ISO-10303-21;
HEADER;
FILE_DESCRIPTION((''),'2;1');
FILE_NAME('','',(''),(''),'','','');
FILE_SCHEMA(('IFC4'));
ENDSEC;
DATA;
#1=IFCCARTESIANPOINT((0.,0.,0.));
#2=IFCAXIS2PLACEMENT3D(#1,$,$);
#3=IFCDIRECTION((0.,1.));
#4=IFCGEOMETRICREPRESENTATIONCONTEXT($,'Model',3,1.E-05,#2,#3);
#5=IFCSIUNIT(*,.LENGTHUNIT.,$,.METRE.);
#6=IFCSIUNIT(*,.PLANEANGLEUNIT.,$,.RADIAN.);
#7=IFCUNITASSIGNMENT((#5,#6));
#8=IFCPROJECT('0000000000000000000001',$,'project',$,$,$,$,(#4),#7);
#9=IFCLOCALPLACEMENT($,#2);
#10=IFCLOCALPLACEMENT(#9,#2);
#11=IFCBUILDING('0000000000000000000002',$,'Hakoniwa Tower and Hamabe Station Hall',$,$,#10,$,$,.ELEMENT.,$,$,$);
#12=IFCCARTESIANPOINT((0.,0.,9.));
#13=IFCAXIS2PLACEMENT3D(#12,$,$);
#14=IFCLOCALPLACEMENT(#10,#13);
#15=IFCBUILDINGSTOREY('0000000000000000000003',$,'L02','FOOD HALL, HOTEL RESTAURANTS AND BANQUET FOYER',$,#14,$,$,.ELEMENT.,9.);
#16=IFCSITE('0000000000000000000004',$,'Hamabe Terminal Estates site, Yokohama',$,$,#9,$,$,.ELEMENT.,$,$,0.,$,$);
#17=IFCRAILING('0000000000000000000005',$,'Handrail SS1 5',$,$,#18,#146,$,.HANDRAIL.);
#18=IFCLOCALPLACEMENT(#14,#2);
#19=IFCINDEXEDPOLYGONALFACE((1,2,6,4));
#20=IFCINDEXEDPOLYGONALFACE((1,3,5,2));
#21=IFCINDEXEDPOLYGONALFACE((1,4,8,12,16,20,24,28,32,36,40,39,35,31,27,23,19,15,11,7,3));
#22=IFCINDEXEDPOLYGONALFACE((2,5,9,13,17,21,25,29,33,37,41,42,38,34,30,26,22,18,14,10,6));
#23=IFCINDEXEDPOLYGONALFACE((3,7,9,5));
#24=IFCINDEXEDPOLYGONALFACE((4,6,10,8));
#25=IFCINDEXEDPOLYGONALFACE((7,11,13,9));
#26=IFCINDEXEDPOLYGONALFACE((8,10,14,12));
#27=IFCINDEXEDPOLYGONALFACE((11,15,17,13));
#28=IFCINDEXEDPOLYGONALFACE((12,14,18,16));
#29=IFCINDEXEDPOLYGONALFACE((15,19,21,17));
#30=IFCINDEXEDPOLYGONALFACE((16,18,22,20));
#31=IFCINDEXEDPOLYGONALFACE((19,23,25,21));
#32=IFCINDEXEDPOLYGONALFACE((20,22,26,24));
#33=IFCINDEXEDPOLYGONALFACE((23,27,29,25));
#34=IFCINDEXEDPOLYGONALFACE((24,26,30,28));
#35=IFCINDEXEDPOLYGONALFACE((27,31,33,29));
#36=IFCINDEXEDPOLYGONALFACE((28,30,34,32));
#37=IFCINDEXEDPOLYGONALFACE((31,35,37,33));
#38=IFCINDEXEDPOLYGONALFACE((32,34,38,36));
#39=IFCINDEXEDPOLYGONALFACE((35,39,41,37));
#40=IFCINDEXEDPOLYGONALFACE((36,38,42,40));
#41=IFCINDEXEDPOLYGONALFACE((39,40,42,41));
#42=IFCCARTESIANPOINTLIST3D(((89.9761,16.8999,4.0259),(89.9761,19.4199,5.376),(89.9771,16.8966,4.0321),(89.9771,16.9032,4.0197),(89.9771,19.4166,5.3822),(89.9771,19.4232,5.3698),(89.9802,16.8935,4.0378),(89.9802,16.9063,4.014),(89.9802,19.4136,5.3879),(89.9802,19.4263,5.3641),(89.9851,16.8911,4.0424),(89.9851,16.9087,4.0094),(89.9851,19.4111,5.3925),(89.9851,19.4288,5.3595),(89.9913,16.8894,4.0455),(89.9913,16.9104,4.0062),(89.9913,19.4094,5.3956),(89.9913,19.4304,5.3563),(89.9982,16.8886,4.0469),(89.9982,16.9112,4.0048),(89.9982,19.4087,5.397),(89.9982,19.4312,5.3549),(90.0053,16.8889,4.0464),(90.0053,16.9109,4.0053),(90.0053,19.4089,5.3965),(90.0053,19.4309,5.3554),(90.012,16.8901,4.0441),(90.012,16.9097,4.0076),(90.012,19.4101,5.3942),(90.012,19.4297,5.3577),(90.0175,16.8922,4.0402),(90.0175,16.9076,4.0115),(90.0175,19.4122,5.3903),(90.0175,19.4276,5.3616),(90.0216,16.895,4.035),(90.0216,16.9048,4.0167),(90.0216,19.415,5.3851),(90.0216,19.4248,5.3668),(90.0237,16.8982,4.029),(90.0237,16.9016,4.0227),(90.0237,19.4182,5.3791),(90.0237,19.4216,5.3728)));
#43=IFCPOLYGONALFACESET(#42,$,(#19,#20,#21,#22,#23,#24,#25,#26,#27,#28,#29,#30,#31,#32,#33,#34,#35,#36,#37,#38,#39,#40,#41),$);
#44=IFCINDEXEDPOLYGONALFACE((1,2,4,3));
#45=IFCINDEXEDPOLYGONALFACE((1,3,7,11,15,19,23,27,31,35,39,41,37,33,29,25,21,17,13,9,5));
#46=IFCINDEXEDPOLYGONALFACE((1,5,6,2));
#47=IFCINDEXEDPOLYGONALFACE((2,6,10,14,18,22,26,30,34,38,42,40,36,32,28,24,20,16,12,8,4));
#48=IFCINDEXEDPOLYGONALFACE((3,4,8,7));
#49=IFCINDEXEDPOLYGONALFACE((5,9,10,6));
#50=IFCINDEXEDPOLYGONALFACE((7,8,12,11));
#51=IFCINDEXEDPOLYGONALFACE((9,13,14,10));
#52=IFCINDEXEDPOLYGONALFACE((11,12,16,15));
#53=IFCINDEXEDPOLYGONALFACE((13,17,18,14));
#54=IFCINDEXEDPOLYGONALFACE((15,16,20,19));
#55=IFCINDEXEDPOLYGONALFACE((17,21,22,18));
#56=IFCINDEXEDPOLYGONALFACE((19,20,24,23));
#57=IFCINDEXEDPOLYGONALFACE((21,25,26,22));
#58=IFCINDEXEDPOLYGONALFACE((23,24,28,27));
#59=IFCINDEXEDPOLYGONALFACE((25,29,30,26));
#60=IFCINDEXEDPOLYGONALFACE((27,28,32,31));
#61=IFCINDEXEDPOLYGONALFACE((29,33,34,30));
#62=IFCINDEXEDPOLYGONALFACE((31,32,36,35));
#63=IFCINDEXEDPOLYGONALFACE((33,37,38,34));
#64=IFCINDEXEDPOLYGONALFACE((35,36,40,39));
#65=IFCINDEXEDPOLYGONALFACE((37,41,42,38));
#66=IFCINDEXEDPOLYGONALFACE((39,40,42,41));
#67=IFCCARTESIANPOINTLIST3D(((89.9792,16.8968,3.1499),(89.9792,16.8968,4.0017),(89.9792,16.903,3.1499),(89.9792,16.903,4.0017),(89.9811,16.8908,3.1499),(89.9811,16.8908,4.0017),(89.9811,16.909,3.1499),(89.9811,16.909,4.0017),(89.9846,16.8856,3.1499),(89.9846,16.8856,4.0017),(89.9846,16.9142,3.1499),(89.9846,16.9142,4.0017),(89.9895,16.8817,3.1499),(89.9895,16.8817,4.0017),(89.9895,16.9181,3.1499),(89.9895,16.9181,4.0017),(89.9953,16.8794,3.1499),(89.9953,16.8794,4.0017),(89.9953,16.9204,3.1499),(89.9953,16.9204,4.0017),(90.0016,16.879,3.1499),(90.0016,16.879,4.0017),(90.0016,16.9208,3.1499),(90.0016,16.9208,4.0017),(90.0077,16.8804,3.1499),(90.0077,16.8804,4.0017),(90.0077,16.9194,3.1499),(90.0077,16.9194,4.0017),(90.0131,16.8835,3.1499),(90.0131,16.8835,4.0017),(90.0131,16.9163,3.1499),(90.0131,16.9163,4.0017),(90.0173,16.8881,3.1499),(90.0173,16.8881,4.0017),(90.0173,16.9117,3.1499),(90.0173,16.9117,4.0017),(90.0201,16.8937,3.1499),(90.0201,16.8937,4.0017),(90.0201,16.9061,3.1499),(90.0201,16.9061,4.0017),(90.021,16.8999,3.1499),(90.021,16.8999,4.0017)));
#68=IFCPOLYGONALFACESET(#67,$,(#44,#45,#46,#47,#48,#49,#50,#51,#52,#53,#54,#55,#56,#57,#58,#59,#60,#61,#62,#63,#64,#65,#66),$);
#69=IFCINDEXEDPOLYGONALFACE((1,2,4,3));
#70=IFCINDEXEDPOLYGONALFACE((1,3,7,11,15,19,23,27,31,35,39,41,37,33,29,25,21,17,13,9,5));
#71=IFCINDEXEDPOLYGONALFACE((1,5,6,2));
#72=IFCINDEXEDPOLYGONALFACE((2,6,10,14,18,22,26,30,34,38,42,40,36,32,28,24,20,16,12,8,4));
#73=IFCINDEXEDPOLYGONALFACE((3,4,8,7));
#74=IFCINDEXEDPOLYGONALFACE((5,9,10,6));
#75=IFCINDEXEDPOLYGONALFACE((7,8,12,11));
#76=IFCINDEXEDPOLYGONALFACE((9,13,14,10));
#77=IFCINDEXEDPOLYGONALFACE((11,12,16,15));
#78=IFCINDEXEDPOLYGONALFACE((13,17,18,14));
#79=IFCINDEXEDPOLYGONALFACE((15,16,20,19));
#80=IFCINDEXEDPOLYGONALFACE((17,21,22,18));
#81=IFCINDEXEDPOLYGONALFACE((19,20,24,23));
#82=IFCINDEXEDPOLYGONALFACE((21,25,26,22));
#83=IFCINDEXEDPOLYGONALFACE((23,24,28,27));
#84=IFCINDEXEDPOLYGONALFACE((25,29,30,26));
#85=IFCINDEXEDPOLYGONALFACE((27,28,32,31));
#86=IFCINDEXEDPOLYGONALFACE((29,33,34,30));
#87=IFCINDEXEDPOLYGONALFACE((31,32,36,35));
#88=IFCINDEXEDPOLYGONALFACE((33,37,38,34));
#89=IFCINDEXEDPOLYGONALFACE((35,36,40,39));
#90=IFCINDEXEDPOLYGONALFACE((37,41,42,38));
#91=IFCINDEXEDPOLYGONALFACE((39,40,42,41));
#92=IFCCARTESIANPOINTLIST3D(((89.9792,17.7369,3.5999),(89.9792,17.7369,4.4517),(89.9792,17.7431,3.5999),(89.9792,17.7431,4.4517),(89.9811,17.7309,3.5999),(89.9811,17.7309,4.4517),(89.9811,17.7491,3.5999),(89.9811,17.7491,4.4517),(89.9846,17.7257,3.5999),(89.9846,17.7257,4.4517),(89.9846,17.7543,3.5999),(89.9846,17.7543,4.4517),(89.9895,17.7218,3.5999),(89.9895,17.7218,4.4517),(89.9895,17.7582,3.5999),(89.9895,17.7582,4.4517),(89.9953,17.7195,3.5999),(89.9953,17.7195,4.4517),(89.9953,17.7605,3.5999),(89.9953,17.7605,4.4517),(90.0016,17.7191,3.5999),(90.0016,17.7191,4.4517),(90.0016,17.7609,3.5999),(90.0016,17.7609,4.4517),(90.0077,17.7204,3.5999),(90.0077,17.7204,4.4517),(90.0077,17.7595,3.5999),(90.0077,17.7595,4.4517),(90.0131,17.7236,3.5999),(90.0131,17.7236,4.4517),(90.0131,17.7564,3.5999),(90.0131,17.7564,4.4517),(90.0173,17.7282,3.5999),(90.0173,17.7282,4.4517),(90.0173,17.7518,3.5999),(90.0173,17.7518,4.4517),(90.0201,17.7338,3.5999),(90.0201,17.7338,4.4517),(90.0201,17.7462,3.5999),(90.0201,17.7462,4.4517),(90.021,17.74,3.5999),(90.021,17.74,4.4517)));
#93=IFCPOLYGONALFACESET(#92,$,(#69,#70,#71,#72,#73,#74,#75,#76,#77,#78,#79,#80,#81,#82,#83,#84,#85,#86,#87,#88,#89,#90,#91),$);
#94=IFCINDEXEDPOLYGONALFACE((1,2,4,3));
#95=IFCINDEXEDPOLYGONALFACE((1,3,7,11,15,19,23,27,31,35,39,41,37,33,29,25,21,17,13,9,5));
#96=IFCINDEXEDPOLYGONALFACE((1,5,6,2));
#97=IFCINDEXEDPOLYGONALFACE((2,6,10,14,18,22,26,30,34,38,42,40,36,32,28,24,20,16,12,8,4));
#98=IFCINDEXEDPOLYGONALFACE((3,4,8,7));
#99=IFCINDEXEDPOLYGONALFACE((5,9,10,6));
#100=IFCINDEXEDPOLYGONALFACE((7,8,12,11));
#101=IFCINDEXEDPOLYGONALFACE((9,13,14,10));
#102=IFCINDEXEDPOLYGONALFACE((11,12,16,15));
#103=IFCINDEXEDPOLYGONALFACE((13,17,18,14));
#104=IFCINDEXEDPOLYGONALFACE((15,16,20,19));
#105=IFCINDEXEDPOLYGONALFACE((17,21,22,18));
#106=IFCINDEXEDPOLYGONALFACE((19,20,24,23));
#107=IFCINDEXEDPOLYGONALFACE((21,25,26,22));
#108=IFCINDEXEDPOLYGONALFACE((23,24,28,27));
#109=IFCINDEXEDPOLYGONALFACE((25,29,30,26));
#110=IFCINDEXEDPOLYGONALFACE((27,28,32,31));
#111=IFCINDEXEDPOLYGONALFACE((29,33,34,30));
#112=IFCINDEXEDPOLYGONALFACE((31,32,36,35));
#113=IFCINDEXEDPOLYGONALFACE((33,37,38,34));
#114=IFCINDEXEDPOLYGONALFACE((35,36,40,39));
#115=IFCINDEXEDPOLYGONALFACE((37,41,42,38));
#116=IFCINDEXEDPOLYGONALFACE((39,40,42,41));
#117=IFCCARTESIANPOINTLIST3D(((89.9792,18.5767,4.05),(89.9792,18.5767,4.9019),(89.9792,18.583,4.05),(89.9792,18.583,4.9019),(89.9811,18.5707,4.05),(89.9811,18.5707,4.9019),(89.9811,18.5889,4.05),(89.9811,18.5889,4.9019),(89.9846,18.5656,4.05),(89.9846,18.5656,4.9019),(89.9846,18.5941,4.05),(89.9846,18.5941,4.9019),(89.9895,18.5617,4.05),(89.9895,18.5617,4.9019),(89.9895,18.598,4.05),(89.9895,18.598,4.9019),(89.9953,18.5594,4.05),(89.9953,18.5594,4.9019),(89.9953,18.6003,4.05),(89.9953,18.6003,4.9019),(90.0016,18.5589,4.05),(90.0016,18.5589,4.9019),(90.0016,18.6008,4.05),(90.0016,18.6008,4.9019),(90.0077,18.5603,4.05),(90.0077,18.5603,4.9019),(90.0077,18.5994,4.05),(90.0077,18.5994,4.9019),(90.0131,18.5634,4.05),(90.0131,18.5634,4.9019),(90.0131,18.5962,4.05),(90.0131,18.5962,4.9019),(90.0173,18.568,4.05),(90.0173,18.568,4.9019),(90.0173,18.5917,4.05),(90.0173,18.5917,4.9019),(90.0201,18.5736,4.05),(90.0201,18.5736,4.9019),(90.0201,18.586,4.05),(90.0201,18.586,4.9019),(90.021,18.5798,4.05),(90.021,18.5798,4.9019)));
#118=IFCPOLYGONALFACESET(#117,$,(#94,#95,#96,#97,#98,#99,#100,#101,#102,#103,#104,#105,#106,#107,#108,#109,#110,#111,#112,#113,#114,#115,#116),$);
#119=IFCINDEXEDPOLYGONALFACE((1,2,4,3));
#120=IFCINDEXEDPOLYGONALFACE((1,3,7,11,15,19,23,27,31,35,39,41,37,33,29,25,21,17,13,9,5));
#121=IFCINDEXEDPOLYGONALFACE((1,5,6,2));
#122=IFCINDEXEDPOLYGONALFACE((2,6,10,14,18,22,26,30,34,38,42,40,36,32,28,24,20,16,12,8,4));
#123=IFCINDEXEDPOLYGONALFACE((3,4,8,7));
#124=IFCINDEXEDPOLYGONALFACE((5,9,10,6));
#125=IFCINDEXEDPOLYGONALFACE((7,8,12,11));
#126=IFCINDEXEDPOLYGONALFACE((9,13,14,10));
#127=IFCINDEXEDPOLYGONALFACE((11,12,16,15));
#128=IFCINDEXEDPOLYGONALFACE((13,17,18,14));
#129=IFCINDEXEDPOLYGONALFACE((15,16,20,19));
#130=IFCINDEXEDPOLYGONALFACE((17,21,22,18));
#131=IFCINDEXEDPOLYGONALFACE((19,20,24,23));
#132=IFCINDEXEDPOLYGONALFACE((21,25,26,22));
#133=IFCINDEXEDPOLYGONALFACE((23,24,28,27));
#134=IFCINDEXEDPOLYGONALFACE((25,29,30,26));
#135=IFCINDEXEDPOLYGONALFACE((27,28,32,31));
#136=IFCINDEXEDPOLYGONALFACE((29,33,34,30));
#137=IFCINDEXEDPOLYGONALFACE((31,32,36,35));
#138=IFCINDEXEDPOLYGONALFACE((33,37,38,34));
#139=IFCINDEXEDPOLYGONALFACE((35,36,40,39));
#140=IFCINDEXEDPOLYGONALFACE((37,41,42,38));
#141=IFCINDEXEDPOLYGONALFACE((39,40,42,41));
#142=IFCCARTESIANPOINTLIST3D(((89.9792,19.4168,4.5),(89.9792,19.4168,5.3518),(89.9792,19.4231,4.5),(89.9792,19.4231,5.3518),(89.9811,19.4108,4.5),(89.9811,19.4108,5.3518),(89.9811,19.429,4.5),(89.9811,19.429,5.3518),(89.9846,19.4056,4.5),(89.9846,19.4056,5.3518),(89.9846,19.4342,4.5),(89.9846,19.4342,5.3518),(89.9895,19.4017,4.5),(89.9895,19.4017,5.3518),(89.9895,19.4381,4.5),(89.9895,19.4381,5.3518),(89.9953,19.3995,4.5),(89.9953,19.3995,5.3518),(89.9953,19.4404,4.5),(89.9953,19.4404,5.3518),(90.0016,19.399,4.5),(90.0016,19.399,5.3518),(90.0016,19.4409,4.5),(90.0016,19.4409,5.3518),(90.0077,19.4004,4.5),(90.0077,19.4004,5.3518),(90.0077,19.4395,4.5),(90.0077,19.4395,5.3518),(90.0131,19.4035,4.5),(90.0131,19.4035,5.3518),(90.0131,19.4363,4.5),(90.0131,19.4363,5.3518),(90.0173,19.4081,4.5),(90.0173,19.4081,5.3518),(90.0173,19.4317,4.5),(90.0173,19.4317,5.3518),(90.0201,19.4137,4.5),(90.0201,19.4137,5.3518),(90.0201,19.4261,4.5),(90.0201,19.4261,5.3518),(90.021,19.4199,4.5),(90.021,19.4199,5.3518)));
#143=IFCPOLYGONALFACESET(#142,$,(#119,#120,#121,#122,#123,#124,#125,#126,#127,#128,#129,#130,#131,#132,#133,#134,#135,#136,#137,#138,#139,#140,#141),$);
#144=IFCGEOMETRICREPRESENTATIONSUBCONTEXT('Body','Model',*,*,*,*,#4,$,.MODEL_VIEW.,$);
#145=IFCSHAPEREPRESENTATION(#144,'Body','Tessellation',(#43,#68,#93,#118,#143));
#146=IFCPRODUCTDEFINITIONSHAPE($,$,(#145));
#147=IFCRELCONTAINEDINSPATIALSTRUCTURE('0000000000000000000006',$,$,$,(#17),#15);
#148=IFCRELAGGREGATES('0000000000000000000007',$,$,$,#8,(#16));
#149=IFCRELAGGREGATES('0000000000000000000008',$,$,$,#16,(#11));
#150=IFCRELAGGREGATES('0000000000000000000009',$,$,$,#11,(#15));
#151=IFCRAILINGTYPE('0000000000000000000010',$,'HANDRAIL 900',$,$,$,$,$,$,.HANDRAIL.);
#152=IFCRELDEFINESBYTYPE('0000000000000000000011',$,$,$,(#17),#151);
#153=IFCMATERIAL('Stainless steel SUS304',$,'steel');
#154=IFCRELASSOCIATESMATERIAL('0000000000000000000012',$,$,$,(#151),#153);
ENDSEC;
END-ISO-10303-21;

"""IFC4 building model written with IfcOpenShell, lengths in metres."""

from ifc_helpers import new_model, si_unit, direction, frame, origin, origin_2d, place, context, subcontext, project, spatial, circle, extrude, material, type_object, element, save


model = new_model("IFC4")

# Units and contexts
model_context = context("Model", 3, precision=1e-05, world=origin(), true_north=direction((0.0, 1.0)))
body_context = subcontext(model_context, "Body", "Model", "MODEL_VIEW")
ifc_project = project(units=[si_unit("LENGTHUNIT", "METRE"), si_unit("PLANEANGLEUNIT", "RADIAN")], contexts=[model_context])

# Site, building, storey
site_placement = place(None, origin())
site = spatial("IfcSite", under=ifc_project, at=site_placement, Name="Hamabe Terminal Estates site, Yokohama", CompositionType="ELEMENT", RefElevation=0.0)
building_placement = place(site_placement, origin())
building = spatial("IfcBuilding", under=site, at=building_placement, Name="Hakoniwa Tower and Hamabe Station Hall", CompositionType="ELEMENT")
storey_placement = place(building_placement, frame((0.0, 0.0, 9.0)))
storey = spatial("IfcBuildingStorey", under=building, at=storey_placement, Name="L02", Description="FOOD HALL, HOTEL RESTAURANTS AND BANQUET FOYER", CompositionType="ELEMENT", Elevation=9.0)

# Railing
ifc_material_1 = material(Name="Stainless steel SUS304", Category="steel")
railing_type = type_object("IfcRailingType", Name="HANDRAIL 900", PredefinedType="HANDRAIL", material=ifc_material_1)
for number, where, name in (
    (1, (90.0, 16.8999, 3.1499), "Handrail SS1 5"),
):
    element("IfcRailing", number, at=place(storey_placement, frame(where)), inside=storey, type_object=railing_type, Name=name, PredefinedType="HANDRAIL", context=body_context, shape_type="SweptSolid", body=[
        extrude(circle(Radius=0.0239, at=origin_2d()), frame((0.0, 0.0, 0.876), z_axis=(0.0, 0.881467, 0.472245), x_axis=(-1.0, 0.0, 0.0)), (0.0, 0.0, 1.0), 2.8589),
        extrude(circle(Radius=0.021, at=origin_2d()), origin(), (0.0, 0.0, 1.0), 0.8518),
        extrude(circle(Radius=0.021, at=origin_2d()), frame((0.0, 0.8401, 0.45)), (0.0, 0.0, 1.0), 0.8518),
        extrude(circle(Radius=0.021, at=origin_2d()), frame((0.0, 1.6799, 0.9001)), (0.0, 0.0, 1.0), 0.8518),
        extrude(circle(Radius=0.021, at=origin_2d()), frame((0.0, 2.52, 1.3501)), (0.0, 0.0, 1.0), 0.8518),
    ])

save(model, "model.ifc")
